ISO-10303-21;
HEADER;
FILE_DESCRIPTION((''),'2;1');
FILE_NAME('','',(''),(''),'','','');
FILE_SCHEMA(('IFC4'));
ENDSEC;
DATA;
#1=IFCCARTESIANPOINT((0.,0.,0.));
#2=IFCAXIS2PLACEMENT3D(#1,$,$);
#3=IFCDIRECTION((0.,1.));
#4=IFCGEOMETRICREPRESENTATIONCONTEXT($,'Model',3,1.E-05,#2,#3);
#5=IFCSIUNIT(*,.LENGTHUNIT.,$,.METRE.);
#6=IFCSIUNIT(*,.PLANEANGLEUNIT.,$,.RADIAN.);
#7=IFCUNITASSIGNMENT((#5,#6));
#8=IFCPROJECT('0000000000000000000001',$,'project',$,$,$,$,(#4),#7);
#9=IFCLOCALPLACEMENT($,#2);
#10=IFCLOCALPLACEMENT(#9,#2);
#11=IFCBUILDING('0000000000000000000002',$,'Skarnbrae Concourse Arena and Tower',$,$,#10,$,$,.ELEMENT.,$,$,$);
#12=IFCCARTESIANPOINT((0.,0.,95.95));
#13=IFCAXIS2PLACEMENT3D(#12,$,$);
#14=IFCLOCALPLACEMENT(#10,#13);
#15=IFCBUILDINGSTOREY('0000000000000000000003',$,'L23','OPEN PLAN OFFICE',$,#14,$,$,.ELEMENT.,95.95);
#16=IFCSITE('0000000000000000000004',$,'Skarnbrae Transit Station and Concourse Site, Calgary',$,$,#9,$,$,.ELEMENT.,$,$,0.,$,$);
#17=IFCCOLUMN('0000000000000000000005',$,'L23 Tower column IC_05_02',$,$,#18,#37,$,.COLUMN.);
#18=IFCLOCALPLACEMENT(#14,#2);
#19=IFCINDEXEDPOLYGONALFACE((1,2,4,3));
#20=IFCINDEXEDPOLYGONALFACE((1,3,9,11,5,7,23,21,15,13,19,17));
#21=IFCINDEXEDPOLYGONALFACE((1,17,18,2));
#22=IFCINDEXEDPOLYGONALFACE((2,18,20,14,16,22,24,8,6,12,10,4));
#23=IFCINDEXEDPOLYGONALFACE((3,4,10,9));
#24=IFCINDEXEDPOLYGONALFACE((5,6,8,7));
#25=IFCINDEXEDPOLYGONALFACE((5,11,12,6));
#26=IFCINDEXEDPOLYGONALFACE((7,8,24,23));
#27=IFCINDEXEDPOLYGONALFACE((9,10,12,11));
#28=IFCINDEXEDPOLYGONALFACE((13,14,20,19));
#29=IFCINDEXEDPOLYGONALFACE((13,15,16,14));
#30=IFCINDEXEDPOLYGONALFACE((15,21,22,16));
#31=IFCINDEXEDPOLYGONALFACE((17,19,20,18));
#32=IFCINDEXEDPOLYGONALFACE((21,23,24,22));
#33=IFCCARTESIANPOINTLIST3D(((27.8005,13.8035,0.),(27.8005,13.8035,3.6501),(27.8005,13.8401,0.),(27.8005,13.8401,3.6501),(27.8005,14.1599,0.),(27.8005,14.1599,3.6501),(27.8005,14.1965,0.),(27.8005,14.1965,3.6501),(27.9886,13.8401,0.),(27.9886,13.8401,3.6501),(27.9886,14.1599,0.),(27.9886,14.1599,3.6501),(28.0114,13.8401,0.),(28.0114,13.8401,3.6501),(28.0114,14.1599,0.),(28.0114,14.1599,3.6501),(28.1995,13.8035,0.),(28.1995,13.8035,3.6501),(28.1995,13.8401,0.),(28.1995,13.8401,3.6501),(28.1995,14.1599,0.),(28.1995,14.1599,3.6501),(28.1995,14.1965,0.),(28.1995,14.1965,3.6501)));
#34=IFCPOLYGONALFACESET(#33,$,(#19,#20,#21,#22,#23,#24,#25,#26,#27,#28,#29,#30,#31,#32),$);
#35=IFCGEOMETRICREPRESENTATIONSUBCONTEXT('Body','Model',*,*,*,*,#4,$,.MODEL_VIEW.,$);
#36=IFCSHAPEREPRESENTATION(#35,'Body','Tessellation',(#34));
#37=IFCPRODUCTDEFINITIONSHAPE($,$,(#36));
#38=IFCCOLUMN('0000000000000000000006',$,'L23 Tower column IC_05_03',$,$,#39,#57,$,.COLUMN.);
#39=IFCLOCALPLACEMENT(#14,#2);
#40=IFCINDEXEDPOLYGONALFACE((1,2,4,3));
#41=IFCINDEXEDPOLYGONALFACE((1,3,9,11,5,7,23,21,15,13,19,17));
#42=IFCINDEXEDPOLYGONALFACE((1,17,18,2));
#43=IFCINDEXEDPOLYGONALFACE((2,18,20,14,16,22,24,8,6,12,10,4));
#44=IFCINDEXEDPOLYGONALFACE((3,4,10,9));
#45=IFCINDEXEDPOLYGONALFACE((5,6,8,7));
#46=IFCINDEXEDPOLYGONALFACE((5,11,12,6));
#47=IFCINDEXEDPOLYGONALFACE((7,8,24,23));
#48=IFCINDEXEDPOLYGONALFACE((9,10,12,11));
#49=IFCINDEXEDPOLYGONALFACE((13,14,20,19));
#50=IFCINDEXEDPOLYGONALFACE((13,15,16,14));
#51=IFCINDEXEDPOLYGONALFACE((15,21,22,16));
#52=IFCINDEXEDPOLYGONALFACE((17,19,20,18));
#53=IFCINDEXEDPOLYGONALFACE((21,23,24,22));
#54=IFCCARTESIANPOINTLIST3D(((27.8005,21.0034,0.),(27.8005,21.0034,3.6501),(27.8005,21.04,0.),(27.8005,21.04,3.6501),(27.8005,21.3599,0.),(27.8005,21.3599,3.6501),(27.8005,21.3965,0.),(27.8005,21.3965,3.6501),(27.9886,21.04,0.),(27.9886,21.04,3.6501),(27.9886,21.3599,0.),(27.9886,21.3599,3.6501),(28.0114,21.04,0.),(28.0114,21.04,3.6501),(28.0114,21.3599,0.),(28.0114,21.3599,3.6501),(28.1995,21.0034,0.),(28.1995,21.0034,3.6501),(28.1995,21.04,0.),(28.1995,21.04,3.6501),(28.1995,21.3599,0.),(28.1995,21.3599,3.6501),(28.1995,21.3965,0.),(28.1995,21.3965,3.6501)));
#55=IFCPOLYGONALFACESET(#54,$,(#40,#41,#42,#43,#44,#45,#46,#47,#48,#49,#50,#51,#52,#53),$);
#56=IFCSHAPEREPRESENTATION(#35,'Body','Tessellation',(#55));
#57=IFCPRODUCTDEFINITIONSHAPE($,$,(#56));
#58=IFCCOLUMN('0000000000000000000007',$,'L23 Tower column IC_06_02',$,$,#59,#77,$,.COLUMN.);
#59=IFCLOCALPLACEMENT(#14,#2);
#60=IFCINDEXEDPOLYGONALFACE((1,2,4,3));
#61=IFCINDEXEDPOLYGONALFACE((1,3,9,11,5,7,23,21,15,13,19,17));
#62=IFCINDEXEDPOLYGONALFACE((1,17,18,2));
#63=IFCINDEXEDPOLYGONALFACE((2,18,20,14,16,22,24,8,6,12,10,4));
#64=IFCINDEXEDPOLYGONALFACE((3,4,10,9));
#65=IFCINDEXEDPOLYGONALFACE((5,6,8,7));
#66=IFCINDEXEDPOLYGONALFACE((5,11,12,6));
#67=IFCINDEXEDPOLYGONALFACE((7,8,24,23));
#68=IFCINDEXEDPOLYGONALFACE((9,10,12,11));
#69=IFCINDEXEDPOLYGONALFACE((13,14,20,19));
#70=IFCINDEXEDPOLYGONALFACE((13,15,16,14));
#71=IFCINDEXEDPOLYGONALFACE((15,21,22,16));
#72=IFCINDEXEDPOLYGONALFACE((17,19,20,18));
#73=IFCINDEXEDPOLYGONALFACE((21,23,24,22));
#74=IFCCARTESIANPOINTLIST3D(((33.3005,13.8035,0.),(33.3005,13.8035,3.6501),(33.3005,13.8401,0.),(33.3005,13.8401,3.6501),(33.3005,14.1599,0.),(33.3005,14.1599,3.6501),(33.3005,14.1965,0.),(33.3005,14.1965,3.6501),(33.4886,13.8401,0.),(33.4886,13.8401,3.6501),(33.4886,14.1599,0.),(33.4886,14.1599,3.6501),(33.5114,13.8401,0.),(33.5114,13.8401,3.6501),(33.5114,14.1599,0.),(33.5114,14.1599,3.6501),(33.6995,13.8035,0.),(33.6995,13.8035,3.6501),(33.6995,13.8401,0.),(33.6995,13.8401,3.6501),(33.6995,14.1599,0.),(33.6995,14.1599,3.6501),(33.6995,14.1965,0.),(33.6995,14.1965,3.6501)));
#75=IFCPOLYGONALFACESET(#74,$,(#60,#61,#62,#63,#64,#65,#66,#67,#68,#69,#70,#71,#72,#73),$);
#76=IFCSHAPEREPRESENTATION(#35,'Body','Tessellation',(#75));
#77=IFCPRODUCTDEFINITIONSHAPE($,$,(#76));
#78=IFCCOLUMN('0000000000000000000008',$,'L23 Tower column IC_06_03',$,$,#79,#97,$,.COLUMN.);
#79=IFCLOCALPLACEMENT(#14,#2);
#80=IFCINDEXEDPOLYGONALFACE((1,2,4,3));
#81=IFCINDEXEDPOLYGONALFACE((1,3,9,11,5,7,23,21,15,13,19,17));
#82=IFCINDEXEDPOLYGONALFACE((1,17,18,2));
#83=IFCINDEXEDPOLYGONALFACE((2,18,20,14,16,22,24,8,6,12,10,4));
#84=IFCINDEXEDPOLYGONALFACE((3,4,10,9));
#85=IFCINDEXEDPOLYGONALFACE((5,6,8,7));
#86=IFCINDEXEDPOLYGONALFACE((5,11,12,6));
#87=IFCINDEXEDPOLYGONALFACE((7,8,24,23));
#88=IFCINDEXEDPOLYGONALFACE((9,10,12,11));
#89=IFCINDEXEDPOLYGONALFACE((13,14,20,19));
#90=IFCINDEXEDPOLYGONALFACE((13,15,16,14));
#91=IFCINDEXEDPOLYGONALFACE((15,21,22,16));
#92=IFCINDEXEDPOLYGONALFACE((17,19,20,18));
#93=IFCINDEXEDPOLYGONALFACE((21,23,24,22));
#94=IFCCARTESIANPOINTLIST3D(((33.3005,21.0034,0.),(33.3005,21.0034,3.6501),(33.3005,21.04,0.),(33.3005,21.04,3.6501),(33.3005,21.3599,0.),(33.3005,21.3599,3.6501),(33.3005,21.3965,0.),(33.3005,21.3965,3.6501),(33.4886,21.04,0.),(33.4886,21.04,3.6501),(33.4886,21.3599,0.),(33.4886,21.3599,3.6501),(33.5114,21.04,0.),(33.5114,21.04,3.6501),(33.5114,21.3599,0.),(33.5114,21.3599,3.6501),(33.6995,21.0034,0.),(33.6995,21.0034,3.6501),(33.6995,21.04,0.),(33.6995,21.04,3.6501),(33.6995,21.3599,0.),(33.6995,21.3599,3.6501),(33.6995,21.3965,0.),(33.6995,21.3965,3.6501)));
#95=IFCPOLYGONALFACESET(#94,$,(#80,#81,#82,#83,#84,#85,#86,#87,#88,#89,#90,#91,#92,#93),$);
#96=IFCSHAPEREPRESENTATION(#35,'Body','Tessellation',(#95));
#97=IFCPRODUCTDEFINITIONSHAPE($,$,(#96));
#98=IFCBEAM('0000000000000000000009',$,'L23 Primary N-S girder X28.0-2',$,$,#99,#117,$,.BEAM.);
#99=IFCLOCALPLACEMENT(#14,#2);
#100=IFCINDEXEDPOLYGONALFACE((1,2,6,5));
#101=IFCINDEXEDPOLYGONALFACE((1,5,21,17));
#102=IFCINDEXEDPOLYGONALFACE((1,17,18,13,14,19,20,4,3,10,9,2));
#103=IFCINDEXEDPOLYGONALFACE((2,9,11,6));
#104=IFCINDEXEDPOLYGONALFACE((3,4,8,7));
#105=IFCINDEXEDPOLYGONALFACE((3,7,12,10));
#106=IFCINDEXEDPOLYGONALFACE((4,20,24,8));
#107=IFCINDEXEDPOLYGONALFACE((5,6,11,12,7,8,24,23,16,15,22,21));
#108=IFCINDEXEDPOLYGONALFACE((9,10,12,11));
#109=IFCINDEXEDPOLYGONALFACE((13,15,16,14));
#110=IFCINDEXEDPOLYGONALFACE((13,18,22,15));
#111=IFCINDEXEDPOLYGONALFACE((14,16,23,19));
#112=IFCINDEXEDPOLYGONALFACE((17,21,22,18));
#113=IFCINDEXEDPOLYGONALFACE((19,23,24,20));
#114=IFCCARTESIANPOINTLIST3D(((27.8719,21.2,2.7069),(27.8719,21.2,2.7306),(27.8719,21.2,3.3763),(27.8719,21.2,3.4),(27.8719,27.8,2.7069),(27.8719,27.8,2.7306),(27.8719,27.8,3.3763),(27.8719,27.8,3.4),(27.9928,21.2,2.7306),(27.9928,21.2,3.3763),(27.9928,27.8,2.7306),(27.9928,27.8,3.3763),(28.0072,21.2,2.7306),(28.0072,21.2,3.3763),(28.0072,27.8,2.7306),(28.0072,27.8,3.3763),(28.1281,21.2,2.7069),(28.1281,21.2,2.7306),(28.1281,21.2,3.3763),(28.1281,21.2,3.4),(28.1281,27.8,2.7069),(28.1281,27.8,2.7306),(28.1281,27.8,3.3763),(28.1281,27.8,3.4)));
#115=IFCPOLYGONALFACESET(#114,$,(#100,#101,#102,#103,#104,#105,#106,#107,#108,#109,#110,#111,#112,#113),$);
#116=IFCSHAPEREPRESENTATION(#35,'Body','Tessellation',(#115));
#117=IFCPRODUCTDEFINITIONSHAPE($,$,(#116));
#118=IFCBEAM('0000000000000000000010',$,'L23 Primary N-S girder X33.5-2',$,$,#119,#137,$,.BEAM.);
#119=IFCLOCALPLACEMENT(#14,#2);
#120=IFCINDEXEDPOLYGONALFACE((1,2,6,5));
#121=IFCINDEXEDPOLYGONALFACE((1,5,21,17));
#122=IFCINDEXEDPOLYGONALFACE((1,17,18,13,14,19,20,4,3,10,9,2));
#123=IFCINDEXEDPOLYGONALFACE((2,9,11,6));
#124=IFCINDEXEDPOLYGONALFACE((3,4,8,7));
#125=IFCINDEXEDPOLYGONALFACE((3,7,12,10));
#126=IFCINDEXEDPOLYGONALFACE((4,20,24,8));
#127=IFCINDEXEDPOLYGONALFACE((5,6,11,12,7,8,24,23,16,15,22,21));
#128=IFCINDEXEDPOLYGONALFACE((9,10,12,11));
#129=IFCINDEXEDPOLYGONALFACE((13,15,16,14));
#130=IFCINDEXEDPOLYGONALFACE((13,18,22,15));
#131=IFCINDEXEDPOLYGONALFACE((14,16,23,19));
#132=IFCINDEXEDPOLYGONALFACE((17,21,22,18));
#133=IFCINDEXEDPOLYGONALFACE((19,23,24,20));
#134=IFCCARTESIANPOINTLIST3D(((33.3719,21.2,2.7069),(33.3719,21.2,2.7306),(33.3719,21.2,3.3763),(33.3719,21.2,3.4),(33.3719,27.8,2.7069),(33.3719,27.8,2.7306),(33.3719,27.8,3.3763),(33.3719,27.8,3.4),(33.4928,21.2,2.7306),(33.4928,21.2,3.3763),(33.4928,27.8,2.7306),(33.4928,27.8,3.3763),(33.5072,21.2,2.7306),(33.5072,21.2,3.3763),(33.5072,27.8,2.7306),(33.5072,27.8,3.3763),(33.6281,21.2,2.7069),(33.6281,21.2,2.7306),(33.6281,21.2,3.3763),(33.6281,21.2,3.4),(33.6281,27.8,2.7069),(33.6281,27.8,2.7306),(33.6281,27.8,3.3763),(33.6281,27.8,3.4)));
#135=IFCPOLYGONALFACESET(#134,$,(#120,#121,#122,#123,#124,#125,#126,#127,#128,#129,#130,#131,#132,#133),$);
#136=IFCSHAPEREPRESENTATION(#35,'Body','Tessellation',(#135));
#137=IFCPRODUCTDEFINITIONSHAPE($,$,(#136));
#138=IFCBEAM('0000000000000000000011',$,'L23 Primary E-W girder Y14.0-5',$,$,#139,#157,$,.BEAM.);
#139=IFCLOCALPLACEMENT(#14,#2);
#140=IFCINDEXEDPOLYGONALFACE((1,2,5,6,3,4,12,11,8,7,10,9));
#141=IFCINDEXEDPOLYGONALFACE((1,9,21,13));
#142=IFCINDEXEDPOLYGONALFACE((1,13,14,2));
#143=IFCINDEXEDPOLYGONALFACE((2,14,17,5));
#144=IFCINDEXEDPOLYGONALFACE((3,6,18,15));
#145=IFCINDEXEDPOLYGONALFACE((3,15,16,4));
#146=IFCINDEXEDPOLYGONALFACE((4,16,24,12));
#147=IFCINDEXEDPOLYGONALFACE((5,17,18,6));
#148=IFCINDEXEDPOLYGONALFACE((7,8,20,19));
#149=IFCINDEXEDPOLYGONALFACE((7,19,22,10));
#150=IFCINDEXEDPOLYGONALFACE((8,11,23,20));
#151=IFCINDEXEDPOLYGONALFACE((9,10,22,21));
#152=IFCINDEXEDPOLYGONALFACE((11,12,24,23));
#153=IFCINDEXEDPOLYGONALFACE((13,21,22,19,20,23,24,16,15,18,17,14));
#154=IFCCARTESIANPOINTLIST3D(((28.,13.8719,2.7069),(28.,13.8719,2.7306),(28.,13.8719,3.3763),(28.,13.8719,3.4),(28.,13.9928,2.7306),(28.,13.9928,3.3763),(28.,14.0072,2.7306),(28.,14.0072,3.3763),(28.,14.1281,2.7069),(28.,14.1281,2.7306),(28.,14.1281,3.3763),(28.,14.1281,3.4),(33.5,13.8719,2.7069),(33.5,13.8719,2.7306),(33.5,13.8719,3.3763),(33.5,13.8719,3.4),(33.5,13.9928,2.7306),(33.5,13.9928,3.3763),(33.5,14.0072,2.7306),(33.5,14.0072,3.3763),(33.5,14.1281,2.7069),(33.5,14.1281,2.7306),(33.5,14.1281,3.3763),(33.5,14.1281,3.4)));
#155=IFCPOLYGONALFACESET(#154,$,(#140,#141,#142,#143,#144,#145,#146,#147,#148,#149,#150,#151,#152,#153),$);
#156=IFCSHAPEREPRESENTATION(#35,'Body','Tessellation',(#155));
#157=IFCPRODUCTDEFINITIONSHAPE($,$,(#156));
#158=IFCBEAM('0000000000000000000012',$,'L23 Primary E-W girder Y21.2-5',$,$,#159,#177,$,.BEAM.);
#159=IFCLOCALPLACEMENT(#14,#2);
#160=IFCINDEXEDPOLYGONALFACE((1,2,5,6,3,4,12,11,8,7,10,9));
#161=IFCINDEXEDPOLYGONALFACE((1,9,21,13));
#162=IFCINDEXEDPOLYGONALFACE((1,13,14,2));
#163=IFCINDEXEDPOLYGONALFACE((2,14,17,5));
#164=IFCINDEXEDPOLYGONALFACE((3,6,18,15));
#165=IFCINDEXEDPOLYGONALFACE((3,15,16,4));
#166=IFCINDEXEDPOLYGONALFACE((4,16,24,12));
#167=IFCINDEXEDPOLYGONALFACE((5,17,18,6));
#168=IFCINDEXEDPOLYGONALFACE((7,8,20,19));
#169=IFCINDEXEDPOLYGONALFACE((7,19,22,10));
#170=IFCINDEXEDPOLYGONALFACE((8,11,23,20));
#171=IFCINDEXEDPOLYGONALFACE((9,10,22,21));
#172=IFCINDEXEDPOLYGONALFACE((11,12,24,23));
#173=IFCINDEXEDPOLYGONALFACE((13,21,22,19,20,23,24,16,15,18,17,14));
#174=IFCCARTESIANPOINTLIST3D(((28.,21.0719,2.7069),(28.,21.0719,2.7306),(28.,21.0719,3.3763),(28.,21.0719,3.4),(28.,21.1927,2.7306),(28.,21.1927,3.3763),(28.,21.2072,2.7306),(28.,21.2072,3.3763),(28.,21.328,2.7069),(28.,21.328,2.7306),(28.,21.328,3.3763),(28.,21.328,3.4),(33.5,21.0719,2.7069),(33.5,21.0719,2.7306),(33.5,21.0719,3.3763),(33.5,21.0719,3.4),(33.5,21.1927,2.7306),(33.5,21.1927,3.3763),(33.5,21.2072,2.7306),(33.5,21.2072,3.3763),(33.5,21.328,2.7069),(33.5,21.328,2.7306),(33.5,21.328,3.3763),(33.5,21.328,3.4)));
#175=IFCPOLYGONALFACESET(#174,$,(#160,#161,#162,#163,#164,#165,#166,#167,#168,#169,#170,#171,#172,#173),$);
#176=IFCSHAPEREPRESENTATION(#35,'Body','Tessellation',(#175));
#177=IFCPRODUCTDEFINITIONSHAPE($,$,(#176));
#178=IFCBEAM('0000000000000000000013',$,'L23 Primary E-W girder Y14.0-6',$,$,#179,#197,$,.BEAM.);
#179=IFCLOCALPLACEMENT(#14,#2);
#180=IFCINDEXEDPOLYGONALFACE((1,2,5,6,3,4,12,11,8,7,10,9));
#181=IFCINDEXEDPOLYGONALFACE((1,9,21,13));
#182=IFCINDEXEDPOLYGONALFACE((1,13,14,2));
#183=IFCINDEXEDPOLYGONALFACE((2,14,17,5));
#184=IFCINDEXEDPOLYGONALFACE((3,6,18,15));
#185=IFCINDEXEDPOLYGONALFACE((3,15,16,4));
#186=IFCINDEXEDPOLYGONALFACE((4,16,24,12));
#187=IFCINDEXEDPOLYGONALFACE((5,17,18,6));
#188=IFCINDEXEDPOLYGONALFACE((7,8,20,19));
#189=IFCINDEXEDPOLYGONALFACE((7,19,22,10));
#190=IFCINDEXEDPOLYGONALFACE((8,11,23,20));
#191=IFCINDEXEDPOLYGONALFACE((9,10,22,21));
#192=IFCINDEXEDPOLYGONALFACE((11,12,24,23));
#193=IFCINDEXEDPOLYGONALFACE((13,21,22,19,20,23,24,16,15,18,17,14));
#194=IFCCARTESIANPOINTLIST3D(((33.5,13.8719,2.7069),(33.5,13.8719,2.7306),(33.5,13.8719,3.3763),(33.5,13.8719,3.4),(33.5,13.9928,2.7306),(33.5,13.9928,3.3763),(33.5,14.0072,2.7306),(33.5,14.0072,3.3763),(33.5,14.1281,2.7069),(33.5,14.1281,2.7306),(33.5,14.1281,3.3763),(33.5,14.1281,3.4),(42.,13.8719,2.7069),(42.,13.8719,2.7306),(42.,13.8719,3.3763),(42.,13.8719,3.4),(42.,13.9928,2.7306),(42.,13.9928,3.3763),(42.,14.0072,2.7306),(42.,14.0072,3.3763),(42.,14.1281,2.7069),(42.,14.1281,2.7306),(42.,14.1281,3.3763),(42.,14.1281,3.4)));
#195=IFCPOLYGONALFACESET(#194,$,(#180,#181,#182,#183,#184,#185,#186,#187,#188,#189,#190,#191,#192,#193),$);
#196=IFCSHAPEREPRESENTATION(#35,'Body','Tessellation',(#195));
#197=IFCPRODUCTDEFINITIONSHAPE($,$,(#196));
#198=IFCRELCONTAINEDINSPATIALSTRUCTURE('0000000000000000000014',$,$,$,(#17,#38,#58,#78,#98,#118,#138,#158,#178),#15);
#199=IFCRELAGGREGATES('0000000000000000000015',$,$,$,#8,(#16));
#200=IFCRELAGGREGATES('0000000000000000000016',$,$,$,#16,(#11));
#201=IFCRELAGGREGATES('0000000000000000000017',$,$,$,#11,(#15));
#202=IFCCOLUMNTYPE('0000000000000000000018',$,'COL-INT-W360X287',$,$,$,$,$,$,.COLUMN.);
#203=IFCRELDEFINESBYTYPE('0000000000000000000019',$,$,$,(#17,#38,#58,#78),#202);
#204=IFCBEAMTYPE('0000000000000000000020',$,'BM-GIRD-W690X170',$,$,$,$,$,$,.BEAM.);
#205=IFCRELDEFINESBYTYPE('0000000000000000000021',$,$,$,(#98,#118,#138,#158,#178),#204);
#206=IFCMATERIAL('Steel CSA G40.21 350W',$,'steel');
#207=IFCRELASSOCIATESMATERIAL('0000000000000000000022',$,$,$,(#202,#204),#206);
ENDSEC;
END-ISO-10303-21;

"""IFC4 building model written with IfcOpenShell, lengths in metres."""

from ifc_helpers import new_model, si_unit, direction, frame, origin, origin_2d, place, context, subcontext, project, spatial, i_section, extrude, source, transform, mapped, material, material_profile, profile_set, type_object, element, save


model = new_model("IFC4")

# Units and contexts
model_context = context("Model", 3, precision=1e-05, world=origin(), true_north=direction((0.0, 1.0)))
body_context = subcontext(model_context, "Body", "Model", "MODEL_VIEW")
ifc_project = project(units=[si_unit("LENGTHUNIT", "METRE"), si_unit("PLANEANGLEUNIT", "RADIAN")], contexts=[model_context])

# Site, building, storey
site_placement = place(None, origin())
site = spatial("IfcSite", under=ifc_project, at=site_placement, Name="Skarnbrae Transit Station and Concourse Site, Calgary", CompositionType="ELEMENT", RefElevation=0.0)
building_placement = place(site_placement, origin())
building = spatial("IfcBuilding", under=site, at=building_placement, Name="Skarnbrae Concourse Arena and Tower", CompositionType="ELEMENT")
storey_placement = place(building_placement, frame((0.0, 0.0, 95.95)))
storey = spatial("IfcBuildingStorey", under=building, at=storey_placement, Name="L23", Description="OPEN PLAN OFFICE", CompositionType="ELEMENT", Elevation=95.95)

# Columns
ifc_material_1 = material(Name="Steel CSA G40.21 350W", Category="steel")
ifc_material_profile_1 = material_profile(ifc_material_1, i_section(OverallWidth=0.3989, OverallDepth=0.3931, WebThickness=0.0227, FlangeThickness=0.0366, at=origin_2d()), Name="W360X287")
ifc_profile_set_1 = profile_set([ifc_material_profile_1], Name="Steel CSA G40.21 350W")
column_type = type_object("IfcColumnType", Name="COL-INT-W360X287", PredefinedType="COLUMN", material=ifc_profile_set_1)
shared_shape_1 = source(origin(), body_context, "Body", "SweptSolid", [
    extrude(i_section(OverallWidth=0.3989, OverallDepth=0.3931, WebThickness=0.0227, FlangeThickness=0.0366, at=origin_2d()), origin(), (0.0, 0.0, 1.0), 3.6501),
])
for number, where, z_axis, x_axis, name in (
    (1, (28.0, 14.0, 0.0), (0.0, 0.0, 1.0), (1.0, 0.0, 0.0), "L23 Tower column IC_05_02"),
    (2, (28.0, 21.2, 0.0), (0.0, 0.0, 1.0), (1.0, 0.0, 0.0), "L23 Tower column IC_05_03"),
    (3, (33.5, 14.0, 0.0), (0.0, 0.0, 1.0), (1.0, 0.0, 0.0), "L23 Tower column IC_06_02"),
    (4, (33.5, 21.2, 0.0), (0.0, 0.0, 1.0), (1.0, 0.0, 0.0), "L23 Tower column IC_06_03"),
):
    element("IfcColumn", number, at=place(storey_placement, frame(where, z_axis=z_axis, x_axis=x_axis)), inside=storey, type_object=column_type, Name=name, PredefinedType="COLUMN", context=body_context, shape_type="MappedRepresentation", body=[
        mapped(shared_shape_1, transform((0.0, 0.0, 0.0))),
    ])

# Beams
ifc_material_profile_2 = material_profile(ifc_material_1, i_section(OverallWidth=0.2561, OverallDepth=0.6931, WebThickness=0.0144, FlangeThickness=0.0237, at=origin_2d()), Name="W690X170")
ifc_profile_set_2 = profile_set([ifc_material_profile_2], Name="Steel CSA G40.21 350W")
beam_type_1 = type_object("IfcBeamType", Name="BM-GIRD-W690X170", PredefinedType="BEAM", material=ifc_profile_set_2)
shared_shape_2 = source(origin(), body_context, "Body", "SweptSolid", [
    extrude(i_section(OverallWidth=0.2561, OverallDepth=0.6931, WebThickness=0.0144, FlangeThickness=0.0237, at=origin_2d()), origin(), (0.0, 0.0, 1.0), 6.6001),
])
for number, where, z_axis, x_axis, name in (
    (5, (28.0, 21.2, 3.0535), (0.0, 1.0, 0.0), (-1.0, 0.0, 0.0), "L23 Primary N-S girder X28.0-2"),
    (6, (33.5, 21.2, 3.0535), (0.0, 1.0, 0.0), (-1.0, 0.0, 0.0), "L23 Primary N-S girder X33.5-2"),
):
    element("IfcBeam", number, at=place(storey_placement, frame(where, z_axis=z_axis, x_axis=x_axis)), inside=storey, type_object=beam_type_1, Name=name, PredefinedType="BEAM", context=body_context, shape_type="MappedRepresentation", body=[
        mapped(shared_shape_2, transform((0.0, 0.0, 0.0))),
    ])
shared_shape_3 = source(origin(), body_context, "Body", "SweptSolid", [
    extrude(i_section(OverallWidth=0.2561, OverallDepth=0.6931, WebThickness=0.0144, FlangeThickness=0.0237, at=origin_2d()), origin(), (0.0, 0.0, 1.0), 5.5),
])
for number, where, z_axis, x_axis, name in (
    (7, (28.0, 14.0, 3.0535), (1.0, 0.0, 0.0), (0.0, 1.0, 0.0), "L23 Primary E-W girder Y14.0-5"),
    (8, (28.0, 21.2, 3.0535), (1.0, 0.0, 0.0), (0.0, 1.0, 0.0), "L23 Primary E-W girder Y21.2-5"),
):
    element("IfcBeam", number, at=place(storey_placement, frame(where, z_axis=z_axis, x_axis=x_axis)), inside=storey, type_object=beam_type_1, Name=name, PredefinedType="BEAM", context=body_context, shape_type="MappedRepresentation", body=[
        mapped(shared_shape_3, transform((0.0, 0.0, 0.0))),
    ])
shared_shape_4 = source(origin(), body_context, "Body", "SweptSolid", [
    extrude(i_section(OverallWidth=0.2561, OverallDepth=0.6931, WebThickness=0.0144, FlangeThickness=0.0237, at=origin_2d()), origin(), (0.0, 0.0, 1.0), 8.5),
])
for number, where, z_axis, x_axis, name in (
    (9, (33.5, 14.0, 3.0535), (1.0, 0.0, 0.0), (0.0, 1.0, 0.0), "L23 Primary E-W girder Y14.0-6"),
):
    element("IfcBeam", number, at=place(storey_placement, frame(where, z_axis=z_axis, x_axis=x_axis)), inside=storey, type_object=beam_type_1, Name=name, PredefinedType="BEAM", context=body_context, shape_type="MappedRepresentation", body=[
        mapped(shared_shape_4, transform((0.0, 0.0, 0.0))),
    ])

save(model, "model.ifc")
